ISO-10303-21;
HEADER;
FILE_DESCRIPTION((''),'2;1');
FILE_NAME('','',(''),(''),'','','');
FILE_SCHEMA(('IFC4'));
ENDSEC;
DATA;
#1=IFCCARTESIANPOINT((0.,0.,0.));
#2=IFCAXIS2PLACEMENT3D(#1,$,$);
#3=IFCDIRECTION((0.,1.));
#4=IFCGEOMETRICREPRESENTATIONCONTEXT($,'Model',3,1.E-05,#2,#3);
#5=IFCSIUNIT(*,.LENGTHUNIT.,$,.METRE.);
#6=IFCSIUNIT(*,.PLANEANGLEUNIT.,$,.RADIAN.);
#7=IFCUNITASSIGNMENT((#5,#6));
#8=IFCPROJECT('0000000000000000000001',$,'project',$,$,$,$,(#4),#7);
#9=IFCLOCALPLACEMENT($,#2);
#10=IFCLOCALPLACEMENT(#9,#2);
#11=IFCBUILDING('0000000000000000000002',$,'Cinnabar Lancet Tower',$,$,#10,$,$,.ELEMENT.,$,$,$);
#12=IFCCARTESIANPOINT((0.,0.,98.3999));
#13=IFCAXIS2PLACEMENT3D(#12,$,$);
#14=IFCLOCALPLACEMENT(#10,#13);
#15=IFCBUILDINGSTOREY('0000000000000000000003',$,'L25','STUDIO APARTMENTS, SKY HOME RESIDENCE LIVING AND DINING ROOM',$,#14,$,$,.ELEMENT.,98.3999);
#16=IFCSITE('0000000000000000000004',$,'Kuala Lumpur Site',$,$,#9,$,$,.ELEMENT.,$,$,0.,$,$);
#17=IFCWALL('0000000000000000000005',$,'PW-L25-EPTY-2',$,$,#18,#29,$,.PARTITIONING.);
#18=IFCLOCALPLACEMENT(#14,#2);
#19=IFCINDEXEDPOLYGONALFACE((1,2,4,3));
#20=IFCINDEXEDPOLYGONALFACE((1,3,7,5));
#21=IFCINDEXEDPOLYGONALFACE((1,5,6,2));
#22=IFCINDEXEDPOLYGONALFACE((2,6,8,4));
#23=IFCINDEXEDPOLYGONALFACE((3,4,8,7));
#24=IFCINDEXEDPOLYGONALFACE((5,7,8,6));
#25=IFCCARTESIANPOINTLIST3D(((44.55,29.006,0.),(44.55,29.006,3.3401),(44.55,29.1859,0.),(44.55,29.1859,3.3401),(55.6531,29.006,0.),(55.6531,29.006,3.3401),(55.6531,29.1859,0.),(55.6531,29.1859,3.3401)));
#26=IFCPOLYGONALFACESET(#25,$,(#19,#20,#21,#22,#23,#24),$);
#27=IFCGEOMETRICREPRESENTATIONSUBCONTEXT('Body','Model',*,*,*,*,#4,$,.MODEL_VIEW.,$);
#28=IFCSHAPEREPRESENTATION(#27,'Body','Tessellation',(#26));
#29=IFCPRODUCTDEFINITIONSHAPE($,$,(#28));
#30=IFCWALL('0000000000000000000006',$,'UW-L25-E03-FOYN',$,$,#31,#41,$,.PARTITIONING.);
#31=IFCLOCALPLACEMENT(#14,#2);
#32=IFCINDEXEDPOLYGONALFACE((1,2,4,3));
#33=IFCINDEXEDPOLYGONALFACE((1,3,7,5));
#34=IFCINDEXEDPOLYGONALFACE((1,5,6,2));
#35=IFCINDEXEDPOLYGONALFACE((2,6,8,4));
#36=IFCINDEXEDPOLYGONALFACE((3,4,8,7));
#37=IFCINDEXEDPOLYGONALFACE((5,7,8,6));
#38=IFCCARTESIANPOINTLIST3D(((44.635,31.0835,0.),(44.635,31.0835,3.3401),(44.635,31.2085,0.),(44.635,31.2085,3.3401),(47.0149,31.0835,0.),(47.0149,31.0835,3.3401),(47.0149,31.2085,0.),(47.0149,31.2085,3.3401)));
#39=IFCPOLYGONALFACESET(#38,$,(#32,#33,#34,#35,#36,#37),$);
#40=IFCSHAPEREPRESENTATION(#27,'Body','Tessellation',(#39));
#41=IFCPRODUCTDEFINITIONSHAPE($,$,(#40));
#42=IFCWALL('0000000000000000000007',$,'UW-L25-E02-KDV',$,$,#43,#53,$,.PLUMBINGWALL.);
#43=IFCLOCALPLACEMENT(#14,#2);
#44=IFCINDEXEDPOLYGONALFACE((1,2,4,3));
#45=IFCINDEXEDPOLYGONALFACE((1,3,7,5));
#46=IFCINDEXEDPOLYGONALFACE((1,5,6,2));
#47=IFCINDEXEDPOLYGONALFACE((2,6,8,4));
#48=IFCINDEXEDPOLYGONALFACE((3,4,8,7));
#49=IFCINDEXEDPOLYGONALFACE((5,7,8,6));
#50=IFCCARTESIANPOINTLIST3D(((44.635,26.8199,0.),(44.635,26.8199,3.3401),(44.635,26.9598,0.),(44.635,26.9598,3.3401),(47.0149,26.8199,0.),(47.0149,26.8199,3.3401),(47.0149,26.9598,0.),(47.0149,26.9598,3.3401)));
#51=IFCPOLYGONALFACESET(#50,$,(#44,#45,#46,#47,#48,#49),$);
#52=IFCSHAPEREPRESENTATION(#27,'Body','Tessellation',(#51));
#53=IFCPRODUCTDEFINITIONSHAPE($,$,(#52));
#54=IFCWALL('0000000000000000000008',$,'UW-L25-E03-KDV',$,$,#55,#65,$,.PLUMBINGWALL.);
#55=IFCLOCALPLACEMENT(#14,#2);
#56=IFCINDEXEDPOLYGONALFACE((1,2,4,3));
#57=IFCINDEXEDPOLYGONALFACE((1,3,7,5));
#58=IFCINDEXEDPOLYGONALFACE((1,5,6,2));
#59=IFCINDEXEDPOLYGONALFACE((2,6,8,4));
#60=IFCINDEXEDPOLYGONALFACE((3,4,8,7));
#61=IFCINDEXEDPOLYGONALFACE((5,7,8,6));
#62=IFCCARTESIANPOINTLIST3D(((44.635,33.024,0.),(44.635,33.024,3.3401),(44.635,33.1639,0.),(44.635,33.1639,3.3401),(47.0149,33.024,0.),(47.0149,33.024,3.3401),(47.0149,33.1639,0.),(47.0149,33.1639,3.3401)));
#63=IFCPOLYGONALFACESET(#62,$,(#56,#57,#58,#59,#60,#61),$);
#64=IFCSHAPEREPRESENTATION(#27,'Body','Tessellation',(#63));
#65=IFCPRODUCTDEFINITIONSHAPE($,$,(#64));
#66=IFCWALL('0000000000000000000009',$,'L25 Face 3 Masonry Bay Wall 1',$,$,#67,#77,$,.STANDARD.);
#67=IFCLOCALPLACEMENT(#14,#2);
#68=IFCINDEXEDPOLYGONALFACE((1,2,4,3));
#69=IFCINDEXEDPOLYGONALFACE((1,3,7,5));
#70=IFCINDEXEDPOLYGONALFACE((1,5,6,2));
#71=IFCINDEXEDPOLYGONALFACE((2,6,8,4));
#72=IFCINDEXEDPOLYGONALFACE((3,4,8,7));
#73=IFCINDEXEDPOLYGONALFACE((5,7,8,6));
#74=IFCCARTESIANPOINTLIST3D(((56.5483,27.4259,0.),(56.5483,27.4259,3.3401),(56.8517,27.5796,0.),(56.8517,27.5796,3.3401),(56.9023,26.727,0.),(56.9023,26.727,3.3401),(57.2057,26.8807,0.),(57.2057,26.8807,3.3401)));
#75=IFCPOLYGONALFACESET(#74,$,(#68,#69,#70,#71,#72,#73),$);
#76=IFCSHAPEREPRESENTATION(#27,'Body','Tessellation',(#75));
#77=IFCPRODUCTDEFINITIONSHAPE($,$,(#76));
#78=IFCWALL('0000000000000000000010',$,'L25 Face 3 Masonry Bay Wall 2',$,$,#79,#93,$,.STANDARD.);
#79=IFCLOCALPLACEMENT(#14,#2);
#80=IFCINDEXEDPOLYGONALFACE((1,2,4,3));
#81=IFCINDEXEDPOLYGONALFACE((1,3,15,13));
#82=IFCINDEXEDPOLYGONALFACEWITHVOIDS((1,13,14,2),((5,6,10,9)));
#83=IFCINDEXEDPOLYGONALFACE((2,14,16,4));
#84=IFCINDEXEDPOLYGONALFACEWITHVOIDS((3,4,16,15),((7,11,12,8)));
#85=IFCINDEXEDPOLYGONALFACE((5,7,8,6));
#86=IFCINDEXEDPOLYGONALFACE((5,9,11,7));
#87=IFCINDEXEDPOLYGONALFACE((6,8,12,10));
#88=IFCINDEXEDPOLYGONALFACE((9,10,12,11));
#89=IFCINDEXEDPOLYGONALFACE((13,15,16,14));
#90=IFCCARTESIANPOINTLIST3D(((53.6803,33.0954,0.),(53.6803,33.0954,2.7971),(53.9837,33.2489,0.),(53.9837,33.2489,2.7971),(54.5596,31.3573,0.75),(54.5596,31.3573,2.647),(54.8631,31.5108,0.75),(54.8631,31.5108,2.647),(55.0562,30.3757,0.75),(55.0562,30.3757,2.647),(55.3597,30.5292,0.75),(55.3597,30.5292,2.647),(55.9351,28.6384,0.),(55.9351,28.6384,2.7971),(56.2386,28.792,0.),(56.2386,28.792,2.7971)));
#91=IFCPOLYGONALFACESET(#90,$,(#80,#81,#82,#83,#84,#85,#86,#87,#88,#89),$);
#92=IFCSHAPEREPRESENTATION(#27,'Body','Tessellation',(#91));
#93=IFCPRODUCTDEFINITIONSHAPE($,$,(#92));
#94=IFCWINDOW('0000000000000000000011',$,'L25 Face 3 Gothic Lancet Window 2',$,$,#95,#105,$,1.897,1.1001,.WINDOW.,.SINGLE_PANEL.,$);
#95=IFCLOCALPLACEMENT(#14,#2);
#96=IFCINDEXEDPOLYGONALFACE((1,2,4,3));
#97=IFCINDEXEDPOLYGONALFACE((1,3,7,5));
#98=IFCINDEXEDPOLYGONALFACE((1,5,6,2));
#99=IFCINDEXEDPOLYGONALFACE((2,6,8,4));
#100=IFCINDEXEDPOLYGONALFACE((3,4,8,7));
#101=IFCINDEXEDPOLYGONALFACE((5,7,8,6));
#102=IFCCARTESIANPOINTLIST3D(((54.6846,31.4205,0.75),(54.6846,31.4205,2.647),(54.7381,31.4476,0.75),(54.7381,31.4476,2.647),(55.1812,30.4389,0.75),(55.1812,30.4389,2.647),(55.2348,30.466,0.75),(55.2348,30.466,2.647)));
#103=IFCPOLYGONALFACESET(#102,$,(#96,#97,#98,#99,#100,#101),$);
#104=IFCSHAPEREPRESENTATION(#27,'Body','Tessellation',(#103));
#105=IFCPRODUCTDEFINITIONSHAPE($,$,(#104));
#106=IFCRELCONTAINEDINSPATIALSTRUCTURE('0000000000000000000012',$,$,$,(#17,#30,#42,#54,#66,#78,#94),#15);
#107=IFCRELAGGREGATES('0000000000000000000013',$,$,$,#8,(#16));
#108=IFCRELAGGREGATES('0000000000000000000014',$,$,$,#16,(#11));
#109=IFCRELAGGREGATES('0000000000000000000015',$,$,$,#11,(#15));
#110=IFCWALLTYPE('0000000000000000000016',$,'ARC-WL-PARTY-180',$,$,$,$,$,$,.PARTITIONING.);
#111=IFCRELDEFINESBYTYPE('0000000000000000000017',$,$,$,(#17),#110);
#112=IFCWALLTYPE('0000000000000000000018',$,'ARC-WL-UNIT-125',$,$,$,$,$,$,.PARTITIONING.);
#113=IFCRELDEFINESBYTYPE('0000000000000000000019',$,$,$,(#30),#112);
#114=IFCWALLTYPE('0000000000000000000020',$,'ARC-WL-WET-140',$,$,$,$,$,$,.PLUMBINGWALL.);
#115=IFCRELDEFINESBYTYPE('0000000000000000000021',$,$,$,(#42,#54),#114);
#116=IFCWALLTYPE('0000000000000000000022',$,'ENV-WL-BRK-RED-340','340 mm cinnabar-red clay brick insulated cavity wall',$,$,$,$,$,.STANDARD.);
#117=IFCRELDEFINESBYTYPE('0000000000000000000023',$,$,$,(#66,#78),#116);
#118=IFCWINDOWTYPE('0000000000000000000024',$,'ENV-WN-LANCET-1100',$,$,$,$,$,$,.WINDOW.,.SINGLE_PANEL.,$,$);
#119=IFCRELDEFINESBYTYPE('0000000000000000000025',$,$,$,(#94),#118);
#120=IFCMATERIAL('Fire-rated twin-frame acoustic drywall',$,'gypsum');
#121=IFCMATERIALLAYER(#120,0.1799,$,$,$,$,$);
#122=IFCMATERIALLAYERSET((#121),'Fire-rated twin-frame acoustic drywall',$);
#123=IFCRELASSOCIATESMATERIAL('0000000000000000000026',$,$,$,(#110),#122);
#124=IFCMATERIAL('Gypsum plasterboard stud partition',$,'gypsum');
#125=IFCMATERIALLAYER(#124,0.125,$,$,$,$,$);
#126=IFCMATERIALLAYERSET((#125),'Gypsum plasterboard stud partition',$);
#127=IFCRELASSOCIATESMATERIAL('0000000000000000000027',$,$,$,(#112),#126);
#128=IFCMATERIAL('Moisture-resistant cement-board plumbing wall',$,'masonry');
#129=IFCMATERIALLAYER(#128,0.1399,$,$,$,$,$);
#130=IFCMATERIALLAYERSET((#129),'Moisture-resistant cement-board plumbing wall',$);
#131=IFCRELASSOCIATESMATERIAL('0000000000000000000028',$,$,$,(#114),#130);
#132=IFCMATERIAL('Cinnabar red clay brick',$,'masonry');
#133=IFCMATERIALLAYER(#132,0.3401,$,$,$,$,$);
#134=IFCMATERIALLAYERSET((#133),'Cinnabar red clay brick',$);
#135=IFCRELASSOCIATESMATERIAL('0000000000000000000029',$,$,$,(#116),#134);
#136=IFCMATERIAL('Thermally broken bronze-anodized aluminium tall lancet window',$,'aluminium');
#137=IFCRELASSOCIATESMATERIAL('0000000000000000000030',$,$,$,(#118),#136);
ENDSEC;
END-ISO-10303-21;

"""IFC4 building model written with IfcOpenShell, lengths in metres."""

from ifc_helpers import new_model, si_unit, direction, frame, frame_2d, origin, place, context, subcontext, project, spatial, rectangle, extrude, material, layer, layer_set, type_object, element, fill, save


model = new_model("IFC4")

# Units and contexts
model_context = context("Model", 3, precision=1e-05, world=origin(), true_north=direction((0.0, 1.0)))
body_context = subcontext(model_context, "Body", "Model", "MODEL_VIEW")
ifc_project = project(units=[si_unit("LENGTHUNIT", "METRE"), si_unit("PLANEANGLEUNIT", "RADIAN")], contexts=[model_context])

# Site, building, storey
site_placement = place(None, origin())
site = spatial("IfcSite", under=ifc_project, at=site_placement, Name="Kuala Lumpur Site", CompositionType="ELEMENT", RefElevation=0.0)
building_placement = place(site_placement, origin())
building = spatial("IfcBuilding", under=site, at=building_placement, Name="Cinnabar Lancet Tower", CompositionType="ELEMENT")
storey_placement = place(building_placement, frame((0.0, 0.0, 98.3999)))
storey = spatial("IfcBuildingStorey", under=building, at=storey_placement, Name="L25", Description="STUDIO APARTMENTS, SKY HOME RESIDENCE LIVING AND DINING ROOM", CompositionType="ELEMENT", Elevation=98.3999)

# Walls
ifc_material_1 = material(Name="Fire-rated twin-frame acoustic drywall", Category="gypsum")
ifc_layer_1 = layer(ifc_material_1, 0.1799)
ifc_layer_set_1 = layer_set([ifc_layer_1], Name="Fire-rated twin-frame acoustic drywall")
wall_type_1 = type_object("IfcWallType", Name="ARC-WL-PARTY-180", PredefinedType="PARTITIONING", material=ifc_layer_set_1)
wall_1_placement = place(storey_placement, frame((44.55, 29.0959, 0.0), z_axis=(0.0, 0.0, 1.0), x_axis=(1.0, 0.0, 0.0)))
element("IfcWall", 1, at=wall_1_placement, inside=storey, type_object=wall_type_1, Name="PW-L25-EPTY-2", PredefinedType="PARTITIONING", context=body_context, shape_type="SweptSolid", body=[
    extrude(rectangle(XDim=11.103, YDim=0.1799, at=frame_2d((5.5515, 0.0))), origin(), (0.0, 0.0, 1.0), 3.3401),
])
ifc_material_2 = material(Name="Gypsum plasterboard stud partition", Category="gypsum")
ifc_layer_2 = layer(ifc_material_2, 0.125)
ifc_layer_set_2 = layer_set([ifc_layer_2], Name="Gypsum plasterboard stud partition")
wall_type_2 = type_object("IfcWallType", Name="ARC-WL-UNIT-125", PredefinedType="PARTITIONING", material=ifc_layer_set_2)
wall_2_placement = place(storey_placement, frame((44.635, 31.146, 0.0), z_axis=(0.0, 0.0, 1.0), x_axis=(1.0, 0.0, 0.0)))
element("IfcWall", 2, at=wall_2_placement, inside=storey, type_object=wall_type_2, Name="UW-L25-E03-FOYN", PredefinedType="PARTITIONING", context=body_context, shape_type="SweptSolid", body=[
    extrude(rectangle(XDim=2.3799, YDim=0.125, at=frame_2d((1.1899, 0.0))), origin(), (0.0, 0.0, 1.0), 3.3401),
])
ifc_material_3 = material(Name="Moisture-resistant cement-board plumbing wall", Category="masonry")
ifc_layer_3 = layer(ifc_material_3, 0.1399)
ifc_layer_set_3 = layer_set([ifc_layer_3], Name="Moisture-resistant cement-board plumbing wall")
wall_type_3 = type_object("IfcWallType", Name="ARC-WL-WET-140", PredefinedType="PLUMBINGWALL", material=ifc_layer_set_3)
wall_3_placement = place(storey_placement, frame((44.635, 26.8899, 0.0), z_axis=(0.0, 0.0, 1.0), x_axis=(1.0, 0.0, 0.0)))
element("IfcWall", 3, at=wall_3_placement, inside=storey, type_object=wall_type_3, Name="UW-L25-E02-KDV", PredefinedType="PLUMBINGWALL", context=body_context, shape_type="SweptSolid", body=[
    extrude(rectangle(XDim=2.3799, YDim=0.1399, at=frame_2d((1.1899, 0.0))), origin(), (0.0, 0.0, 1.0), 3.3401),
])

# Walls
wall_4_placement = place(storey_placement, frame((44.635, 33.094, 0.0), z_axis=(0.0, 0.0, 1.0), x_axis=(1.0, 0.0, 0.0)))
element("IfcWall", 4, at=wall_4_placement, inside=storey, type_object=wall_type_3, Name="UW-L25-E03-KDV", PredefinedType="PLUMBINGWALL", context=body_context, shape_type="SweptSolid", body=[
    extrude(rectangle(XDim=2.3799, YDim=0.1399, at=frame_2d((1.1899, 0.0))), origin(), (0.0, 0.0, 1.0), 3.3401),
])
ifc_material_4 = material(Name="Cinnabar red clay brick", Category="masonry")
ifc_layer_4 = layer(ifc_material_4, 0.3401)
ifc_layer_set_4 = layer_set([ifc_layer_4], Name="Cinnabar red clay brick")
wall_type_4 = type_object("IfcWallType", Name="ENV-WL-BRK-RED-340", Description="340 mm cinnabar-red clay brick insulated cavity wall", PredefinedType="STANDARD", material=ifc_layer_set_4)
wall_5_placement = place(storey_placement, frame((57.054, 26.804, 0.0), z_axis=(0.0, 0.0, 1.0), x_axis=(-0.451819, 0.892109, 0.0)))
element("IfcWall", 5, at=wall_5_placement, inside=storey, type_object=wall_type_4, Name="L25 Face 3 Masonry Bay Wall 1", PredefinedType="STANDARD", context=body_context, shape_type="SweptSolid", body=[
    extrude(rectangle(XDim=0.7834, YDim=0.3401, at=frame_2d((0.3916, 0.0))), origin(), (0.0, 0.0, 1.0), 3.3401),
])

# Wall, opening, window
wall_6_placement = place(storey_placement, frame((56.0869, 28.7151, 0.0), z_axis=(0.0, 0.0, 1.0), x_axis=(-0.451432, 0.892306, 0.0)))
wall_6 = element("IfcWall", 6, at=wall_6_placement, inside=storey, type_object=wall_type_4, Name="L25 Face 3 Masonry Bay Wall 2", PredefinedType="STANDARD", context=body_context, shape_type="SweptSolid", body=[
    extrude(rectangle(XDim=4.9949, YDim=0.3401, at=frame_2d((2.4976, 0.0))), origin(), (0.0, 0.0, 1.0), 2.7971),
])
opening_1_placement = place(wall_6_placement, frame((1.947, 0.0, 0.75)))
opening_1 = element("IfcOpeningElement", 7, at=opening_1_placement, cuts=wall_6, PredefinedType="OPENING", context=body_context, shape_type="SweptSolid", body=[
    extrude(rectangle(XDim=1.1001, YDim=1.897, at=frame_2d((0.55, 0.9485))), frame((0.0, 0.1799, 0.0), z_axis=(0.0, -1.0, 0.0), x_axis=(1.0, 0.0, 0.0)), (0.0, 0.0, 1.0), 0.3601),
])
ifc_material_5 = material(Name="Thermally broken bronze-anodized aluminium tall lancet window", Category="aluminium")
window_type = type_object("IfcWindowType", Name="ENV-WN-LANCET-1100", PartitioningType="SINGLE_PANEL", PredefinedType="WINDOW", material=ifc_material_5)
window_placement = place(opening_1_placement, origin())
window = element("IfcWindow", 8, at=window_placement, inside=storey, type_object=window_type, Name="L25 Face 3 Gothic Lancet Window 2", OverallHeight=1.897, OverallWidth=1.1001, PartitioningType="SINGLE_PANEL", PredefinedType="WINDOW", context=body_context, shape_type="SweptSolid", body=[
    extrude(rectangle(XDim=1.1001, YDim=1.897, at=frame_2d((0.55, 0.9485))), frame((0.0, 0.03, 0.0), z_axis=(0.0, -1.0, 0.0), x_axis=(1.0, 0.0, 0.0)), (0.0, 0.0, 1.0), 0.0601),
])
fill(opening_1, window)

save(model, "model.ifc")
